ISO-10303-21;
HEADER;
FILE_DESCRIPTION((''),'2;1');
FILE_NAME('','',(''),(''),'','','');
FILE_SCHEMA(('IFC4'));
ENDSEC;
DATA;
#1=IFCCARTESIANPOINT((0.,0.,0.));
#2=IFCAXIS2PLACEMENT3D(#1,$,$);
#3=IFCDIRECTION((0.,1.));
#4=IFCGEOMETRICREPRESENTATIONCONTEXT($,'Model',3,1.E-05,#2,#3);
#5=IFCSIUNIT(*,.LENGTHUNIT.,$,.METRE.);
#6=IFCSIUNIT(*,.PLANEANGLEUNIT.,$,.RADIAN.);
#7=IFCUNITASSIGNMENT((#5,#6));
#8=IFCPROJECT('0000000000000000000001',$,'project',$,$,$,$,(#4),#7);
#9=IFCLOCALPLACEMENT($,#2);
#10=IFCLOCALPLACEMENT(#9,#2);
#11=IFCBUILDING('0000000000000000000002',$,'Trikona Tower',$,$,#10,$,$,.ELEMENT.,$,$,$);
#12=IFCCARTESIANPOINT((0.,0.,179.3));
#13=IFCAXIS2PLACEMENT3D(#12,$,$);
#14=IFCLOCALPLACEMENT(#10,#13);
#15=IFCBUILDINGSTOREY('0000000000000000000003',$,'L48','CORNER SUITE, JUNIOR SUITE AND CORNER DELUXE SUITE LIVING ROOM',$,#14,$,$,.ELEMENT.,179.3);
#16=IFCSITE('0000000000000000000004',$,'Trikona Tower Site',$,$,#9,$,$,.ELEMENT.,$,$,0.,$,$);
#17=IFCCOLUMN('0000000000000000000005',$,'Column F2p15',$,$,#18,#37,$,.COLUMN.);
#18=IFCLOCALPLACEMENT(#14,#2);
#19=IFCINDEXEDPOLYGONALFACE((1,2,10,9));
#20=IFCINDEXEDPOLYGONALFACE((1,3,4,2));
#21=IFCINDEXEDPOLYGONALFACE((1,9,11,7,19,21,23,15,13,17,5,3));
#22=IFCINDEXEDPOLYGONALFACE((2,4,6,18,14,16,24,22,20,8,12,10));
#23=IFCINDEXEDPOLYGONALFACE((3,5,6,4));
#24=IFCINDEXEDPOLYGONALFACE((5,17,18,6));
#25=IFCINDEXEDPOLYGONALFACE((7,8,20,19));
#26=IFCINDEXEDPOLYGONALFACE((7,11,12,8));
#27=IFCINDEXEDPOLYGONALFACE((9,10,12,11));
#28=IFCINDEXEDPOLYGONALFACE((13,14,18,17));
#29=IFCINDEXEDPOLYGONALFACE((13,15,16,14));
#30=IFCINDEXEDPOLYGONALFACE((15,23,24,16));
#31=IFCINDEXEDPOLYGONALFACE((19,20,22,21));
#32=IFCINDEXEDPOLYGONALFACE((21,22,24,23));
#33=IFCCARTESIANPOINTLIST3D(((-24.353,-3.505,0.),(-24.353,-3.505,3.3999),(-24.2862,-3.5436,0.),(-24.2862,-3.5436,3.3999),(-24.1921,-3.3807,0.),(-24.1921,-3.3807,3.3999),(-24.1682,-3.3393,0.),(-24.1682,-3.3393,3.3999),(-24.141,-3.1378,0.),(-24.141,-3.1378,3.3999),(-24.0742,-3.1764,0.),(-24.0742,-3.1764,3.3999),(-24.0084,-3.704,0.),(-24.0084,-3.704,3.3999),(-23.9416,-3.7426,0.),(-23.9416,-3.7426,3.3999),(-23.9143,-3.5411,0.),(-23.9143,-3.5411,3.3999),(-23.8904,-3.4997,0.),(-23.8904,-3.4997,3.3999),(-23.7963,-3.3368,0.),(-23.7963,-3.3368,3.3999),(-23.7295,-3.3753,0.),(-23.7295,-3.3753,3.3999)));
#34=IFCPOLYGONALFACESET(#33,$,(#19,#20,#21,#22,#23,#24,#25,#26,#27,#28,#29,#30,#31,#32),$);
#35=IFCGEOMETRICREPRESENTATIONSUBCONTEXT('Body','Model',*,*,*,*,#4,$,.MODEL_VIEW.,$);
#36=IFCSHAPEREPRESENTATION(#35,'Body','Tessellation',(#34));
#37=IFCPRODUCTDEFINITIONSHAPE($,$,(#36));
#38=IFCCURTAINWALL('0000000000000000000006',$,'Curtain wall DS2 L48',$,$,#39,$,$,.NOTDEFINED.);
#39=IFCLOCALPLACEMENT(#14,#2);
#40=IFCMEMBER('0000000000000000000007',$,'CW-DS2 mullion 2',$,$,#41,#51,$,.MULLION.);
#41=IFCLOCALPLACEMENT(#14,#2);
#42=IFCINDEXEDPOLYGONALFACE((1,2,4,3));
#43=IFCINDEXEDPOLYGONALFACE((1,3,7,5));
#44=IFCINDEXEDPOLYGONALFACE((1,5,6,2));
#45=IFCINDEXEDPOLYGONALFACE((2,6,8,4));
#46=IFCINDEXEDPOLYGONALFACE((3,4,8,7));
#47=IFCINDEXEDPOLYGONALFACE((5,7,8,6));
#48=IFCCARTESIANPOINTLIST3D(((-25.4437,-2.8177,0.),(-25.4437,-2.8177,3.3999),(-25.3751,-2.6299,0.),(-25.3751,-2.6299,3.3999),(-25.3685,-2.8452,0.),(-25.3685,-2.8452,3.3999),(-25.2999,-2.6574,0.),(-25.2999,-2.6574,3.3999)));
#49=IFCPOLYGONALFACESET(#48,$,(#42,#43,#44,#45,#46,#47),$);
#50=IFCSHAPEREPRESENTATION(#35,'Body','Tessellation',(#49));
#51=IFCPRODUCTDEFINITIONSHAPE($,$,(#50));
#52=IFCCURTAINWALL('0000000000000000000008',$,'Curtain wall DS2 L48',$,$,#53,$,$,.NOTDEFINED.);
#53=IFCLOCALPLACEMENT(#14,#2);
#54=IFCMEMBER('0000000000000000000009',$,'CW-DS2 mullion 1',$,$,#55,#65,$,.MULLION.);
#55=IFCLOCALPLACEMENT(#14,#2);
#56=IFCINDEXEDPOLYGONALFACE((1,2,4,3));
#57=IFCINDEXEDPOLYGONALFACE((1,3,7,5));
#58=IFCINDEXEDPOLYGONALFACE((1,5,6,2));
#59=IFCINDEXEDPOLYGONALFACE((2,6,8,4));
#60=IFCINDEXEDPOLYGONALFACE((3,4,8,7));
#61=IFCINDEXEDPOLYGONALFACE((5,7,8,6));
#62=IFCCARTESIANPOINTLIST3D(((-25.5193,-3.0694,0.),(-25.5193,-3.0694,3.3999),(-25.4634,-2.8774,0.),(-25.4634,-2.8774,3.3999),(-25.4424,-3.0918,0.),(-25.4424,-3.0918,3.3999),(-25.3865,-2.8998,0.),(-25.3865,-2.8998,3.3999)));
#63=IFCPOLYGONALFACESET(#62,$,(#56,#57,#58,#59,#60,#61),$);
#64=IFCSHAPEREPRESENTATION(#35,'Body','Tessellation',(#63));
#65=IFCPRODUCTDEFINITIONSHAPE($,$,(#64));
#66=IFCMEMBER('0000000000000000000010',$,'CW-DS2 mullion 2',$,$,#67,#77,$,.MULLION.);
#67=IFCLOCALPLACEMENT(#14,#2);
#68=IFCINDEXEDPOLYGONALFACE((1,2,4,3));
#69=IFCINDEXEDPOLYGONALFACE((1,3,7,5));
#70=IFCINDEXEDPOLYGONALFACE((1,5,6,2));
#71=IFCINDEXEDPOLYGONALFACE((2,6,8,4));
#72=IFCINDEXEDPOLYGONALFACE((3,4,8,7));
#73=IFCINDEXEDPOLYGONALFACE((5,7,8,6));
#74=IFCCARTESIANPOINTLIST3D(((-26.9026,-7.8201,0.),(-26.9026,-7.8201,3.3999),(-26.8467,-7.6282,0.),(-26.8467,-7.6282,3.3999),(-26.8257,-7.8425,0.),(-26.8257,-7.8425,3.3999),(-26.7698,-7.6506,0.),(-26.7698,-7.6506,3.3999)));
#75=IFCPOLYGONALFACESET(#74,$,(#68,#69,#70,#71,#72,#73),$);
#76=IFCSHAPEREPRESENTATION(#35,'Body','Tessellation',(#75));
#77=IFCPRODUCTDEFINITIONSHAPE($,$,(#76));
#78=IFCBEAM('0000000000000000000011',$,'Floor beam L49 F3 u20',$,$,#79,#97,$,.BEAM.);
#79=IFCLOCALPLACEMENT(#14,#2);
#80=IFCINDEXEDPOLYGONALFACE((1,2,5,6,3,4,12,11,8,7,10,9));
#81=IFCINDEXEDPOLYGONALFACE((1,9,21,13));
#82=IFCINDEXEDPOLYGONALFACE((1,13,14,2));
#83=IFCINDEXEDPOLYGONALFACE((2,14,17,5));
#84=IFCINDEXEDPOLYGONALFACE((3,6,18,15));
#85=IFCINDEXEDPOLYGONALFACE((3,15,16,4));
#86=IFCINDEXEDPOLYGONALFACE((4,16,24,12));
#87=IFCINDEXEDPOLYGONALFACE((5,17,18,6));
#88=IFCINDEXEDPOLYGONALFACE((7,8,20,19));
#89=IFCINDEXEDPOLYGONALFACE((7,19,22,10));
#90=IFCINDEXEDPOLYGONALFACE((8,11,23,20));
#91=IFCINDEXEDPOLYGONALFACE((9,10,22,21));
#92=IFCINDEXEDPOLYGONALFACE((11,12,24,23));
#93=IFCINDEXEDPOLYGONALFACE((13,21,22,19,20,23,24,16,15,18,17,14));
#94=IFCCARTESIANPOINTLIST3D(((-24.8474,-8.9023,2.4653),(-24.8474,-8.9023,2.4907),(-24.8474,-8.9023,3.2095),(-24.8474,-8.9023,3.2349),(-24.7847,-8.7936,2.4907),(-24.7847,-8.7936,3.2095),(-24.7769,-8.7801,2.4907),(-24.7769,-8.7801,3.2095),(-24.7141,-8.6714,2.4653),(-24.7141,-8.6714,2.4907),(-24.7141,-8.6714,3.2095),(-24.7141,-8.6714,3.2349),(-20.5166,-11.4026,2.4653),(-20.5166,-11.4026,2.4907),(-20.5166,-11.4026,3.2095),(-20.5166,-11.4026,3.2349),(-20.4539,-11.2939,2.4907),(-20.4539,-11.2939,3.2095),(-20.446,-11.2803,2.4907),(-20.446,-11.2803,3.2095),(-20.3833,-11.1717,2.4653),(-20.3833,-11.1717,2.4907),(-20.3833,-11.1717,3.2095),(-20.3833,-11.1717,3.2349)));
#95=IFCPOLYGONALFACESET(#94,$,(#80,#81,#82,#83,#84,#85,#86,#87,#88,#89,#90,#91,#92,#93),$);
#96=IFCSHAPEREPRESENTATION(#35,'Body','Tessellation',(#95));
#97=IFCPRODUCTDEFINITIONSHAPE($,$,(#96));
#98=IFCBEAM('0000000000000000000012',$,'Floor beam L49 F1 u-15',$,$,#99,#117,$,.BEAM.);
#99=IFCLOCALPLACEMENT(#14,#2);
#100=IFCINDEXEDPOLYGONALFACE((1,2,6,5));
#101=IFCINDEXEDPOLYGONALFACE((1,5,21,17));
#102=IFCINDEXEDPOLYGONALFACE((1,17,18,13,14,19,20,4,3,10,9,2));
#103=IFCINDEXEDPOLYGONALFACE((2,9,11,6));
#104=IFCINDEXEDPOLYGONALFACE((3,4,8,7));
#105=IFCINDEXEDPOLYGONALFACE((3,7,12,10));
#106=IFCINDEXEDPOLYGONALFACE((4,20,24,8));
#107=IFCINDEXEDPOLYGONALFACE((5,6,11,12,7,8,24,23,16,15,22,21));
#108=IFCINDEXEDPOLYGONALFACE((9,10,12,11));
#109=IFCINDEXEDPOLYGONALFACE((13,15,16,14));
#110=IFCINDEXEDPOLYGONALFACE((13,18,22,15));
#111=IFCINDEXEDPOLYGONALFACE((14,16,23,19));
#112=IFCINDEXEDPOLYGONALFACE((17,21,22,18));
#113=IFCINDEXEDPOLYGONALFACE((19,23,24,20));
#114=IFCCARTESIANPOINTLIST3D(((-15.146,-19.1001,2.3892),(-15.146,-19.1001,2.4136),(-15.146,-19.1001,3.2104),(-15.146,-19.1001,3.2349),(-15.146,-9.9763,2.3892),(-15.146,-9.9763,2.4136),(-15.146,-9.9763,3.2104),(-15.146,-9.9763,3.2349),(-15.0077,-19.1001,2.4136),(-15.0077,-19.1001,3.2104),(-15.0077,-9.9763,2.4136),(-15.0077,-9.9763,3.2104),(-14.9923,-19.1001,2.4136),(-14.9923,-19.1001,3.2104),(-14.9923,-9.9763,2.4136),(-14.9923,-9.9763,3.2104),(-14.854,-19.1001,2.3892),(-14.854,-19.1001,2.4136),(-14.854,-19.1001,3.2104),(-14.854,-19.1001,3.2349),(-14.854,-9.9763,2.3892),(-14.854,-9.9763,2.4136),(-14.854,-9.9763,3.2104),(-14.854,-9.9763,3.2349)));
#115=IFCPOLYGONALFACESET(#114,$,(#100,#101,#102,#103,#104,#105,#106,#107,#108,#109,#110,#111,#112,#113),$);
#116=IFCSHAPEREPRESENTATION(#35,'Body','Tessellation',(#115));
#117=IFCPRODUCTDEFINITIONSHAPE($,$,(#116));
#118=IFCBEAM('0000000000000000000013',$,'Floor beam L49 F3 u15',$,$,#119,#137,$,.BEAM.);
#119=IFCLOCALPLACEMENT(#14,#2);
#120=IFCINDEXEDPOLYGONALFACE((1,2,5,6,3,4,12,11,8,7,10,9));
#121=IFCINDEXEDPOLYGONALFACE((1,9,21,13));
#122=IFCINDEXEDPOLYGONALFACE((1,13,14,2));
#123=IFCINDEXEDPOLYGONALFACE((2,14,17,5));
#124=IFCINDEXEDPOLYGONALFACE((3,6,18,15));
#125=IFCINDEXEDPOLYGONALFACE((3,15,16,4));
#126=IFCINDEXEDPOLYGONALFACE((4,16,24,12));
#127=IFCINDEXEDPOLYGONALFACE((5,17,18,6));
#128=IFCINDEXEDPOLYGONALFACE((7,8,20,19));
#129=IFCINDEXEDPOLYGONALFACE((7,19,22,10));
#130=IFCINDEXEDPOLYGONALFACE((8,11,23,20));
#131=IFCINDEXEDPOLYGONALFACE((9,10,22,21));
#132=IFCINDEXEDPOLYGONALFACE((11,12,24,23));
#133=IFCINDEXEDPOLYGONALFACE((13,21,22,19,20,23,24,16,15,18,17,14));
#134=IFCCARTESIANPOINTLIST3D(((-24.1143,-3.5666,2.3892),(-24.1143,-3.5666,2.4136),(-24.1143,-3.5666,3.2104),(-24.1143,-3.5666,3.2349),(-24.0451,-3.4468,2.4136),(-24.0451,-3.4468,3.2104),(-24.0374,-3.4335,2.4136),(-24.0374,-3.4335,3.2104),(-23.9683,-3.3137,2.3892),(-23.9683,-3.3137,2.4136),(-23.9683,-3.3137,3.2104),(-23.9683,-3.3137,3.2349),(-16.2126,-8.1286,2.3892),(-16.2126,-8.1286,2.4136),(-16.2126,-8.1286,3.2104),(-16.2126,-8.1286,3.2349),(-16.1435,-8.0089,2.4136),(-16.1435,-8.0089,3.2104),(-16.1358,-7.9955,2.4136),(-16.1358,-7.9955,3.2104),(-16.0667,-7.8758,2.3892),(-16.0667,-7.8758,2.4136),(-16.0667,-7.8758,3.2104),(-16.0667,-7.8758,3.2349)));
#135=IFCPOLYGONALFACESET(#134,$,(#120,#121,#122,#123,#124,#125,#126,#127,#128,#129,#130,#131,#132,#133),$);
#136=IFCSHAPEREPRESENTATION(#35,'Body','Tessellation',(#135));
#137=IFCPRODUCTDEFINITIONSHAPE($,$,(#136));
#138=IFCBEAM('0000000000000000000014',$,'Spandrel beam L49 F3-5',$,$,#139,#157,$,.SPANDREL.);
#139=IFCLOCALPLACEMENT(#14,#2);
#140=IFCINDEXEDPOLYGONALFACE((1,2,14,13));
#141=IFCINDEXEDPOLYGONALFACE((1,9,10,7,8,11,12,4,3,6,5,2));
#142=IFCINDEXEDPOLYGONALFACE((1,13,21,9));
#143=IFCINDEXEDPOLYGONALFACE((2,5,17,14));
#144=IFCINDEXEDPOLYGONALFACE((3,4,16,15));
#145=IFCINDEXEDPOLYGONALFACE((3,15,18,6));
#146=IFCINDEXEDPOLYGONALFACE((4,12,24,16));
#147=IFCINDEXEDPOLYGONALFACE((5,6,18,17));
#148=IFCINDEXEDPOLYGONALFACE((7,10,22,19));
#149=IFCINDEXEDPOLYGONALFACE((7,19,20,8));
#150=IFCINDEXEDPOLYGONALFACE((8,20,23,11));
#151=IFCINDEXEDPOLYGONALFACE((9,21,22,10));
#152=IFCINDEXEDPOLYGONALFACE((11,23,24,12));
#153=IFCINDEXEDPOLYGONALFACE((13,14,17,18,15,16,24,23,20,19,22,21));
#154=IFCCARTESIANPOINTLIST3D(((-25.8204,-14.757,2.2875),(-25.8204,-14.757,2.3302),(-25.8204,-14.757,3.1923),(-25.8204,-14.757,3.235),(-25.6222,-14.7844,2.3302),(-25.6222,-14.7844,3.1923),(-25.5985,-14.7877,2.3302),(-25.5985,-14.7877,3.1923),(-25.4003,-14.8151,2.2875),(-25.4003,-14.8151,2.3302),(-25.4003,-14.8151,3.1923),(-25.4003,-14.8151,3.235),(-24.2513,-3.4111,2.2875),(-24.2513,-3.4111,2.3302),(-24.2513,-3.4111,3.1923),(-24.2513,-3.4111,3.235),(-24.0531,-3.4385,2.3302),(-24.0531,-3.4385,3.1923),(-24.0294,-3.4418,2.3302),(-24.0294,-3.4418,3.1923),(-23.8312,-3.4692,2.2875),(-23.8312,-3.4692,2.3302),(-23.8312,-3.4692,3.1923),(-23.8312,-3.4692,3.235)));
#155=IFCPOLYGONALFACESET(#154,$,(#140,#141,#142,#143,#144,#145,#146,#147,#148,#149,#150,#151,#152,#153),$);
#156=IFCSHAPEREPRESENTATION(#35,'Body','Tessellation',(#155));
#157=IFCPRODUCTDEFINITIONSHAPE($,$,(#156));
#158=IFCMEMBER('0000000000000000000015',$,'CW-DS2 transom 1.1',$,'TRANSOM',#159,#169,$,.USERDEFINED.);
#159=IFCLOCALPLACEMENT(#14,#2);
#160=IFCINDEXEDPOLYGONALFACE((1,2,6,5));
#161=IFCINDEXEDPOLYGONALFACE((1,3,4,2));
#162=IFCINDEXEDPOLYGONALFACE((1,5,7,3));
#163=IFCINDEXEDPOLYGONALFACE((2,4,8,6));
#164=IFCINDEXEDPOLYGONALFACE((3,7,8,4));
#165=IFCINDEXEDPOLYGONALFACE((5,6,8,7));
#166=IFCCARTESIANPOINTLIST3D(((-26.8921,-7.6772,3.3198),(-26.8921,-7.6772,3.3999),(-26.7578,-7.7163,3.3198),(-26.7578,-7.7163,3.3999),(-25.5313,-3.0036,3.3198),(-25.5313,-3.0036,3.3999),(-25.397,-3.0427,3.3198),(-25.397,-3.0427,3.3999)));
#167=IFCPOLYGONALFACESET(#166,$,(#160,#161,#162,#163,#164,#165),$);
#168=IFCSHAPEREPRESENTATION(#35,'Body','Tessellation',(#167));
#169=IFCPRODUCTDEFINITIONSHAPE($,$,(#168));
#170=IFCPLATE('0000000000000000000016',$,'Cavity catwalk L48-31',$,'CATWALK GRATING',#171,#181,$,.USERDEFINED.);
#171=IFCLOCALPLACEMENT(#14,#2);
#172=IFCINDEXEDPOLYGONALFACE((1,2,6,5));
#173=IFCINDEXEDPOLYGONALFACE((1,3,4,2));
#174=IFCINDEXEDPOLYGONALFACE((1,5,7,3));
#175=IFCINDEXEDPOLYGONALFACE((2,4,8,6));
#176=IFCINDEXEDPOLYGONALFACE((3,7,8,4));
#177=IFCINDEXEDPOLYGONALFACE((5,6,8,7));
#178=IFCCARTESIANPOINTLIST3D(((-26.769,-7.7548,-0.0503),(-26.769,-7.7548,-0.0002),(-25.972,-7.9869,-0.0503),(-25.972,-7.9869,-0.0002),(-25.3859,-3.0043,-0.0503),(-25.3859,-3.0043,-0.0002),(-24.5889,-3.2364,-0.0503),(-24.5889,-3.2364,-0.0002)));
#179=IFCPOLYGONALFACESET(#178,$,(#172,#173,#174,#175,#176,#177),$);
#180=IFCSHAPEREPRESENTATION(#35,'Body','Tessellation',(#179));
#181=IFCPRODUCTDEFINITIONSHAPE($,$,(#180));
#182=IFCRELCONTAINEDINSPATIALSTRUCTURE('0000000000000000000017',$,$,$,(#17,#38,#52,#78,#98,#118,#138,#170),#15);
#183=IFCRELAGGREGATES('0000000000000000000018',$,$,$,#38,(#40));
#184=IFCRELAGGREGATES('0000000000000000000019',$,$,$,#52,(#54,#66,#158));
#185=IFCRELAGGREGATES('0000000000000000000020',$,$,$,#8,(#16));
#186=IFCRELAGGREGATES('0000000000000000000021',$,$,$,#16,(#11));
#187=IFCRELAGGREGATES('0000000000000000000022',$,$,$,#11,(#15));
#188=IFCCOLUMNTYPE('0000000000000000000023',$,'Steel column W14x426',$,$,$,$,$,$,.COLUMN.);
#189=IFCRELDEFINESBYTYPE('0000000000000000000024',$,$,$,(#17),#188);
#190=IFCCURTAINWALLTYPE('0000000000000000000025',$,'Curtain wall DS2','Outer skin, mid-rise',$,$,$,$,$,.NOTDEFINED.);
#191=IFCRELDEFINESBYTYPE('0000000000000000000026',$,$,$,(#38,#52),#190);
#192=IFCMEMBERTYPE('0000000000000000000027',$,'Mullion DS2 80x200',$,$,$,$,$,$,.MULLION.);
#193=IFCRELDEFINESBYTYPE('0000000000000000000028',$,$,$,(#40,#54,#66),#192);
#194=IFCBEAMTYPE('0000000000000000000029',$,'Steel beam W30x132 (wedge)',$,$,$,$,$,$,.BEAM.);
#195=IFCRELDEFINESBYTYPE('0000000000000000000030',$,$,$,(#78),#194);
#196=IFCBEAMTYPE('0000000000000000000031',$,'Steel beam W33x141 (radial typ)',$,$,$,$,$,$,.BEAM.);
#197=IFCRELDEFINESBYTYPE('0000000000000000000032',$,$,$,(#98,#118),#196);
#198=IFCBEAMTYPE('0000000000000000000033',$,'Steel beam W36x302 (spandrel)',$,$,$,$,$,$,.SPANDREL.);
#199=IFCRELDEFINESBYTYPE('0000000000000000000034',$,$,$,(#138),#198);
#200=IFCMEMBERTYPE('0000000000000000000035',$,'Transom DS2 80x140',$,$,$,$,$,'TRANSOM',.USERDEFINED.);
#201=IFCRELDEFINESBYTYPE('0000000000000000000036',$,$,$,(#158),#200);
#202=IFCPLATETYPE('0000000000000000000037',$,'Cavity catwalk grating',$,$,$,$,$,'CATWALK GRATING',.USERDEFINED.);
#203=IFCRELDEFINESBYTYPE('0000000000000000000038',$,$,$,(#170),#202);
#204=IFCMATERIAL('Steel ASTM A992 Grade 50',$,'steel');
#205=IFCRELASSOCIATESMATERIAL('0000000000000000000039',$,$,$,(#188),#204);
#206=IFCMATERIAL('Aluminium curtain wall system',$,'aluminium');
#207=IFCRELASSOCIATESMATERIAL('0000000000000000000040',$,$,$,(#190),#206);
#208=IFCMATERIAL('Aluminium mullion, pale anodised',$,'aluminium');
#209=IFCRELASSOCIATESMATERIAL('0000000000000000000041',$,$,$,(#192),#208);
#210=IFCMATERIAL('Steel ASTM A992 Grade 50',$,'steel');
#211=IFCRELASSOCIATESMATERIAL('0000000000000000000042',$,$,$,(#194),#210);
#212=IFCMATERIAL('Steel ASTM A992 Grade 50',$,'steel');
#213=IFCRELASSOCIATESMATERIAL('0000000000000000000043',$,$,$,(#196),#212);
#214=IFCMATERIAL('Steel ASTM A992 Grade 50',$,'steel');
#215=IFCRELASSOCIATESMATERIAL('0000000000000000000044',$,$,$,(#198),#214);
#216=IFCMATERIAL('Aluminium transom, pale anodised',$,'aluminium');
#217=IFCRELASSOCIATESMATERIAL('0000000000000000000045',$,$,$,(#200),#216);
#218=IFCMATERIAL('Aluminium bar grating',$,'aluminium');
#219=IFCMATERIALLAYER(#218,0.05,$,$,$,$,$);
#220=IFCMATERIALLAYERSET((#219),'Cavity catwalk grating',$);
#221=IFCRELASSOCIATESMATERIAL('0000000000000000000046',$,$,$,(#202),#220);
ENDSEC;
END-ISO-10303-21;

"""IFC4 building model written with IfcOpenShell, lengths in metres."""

from ifc_helpers import new_model, si_unit, direction, frame, origin, origin_2d, place, context, subcontext, project, spatial, rectangle, i_section, extrude, material, layer, layer_set, material_profile, profile_set, type_object, element, aggregate, save


model = new_model("IFC4")

# Units and contexts
model_context = context("Model", 3, precision=1e-05, world=origin(), true_north=direction((0.0, 1.0)))
body_context = subcontext(model_context, "Body", "Model", "MODEL_VIEW")
ifc_project = project(units=[si_unit("LENGTHUNIT", "METRE"), si_unit("PLANEANGLEUNIT", "RADIAN")], contexts=[model_context])

# Site, building, storey
site_placement = place(None, origin())
site = spatial("IfcSite", under=ifc_project, at=site_placement, Name="Trikona Tower Site", CompositionType="ELEMENT", RefElevation=0.0)
building_placement = place(site_placement, origin())
building = spatial("IfcBuilding", under=site, at=building_placement, Name="Trikona Tower", CompositionType="ELEMENT")
storey_placement = place(building_placement, frame((0.0, 0.0, 179.3)))
storey = spatial("IfcBuildingStorey", under=building, at=storey_placement, Name="L48", Description="CORNER SUITE, JUNIOR SUITE AND CORNER DELUXE SUITE LIVING ROOM", CompositionType="ELEMENT", Elevation=179.3)

# Column
ifc_material_1 = material(Name="Steel ASTM A992 Grade 50", Category="steel")
ifc_material_profile_1 = material_profile(ifc_material_1, i_section(OverallWidth=0.4241, OverallDepth=0.4751, WebThickness=0.0479, FlangeThickness=0.0771, at=origin_2d()), Name="W14X426")
ifc_profile_set_1 = profile_set([ifc_material_profile_1], Name="Steel ASTM A992 Grade 50")
column_type = type_object("IfcColumnType", Name="Steel column W14x426", PredefinedType="COLUMN", material=ifc_profile_set_1)
column_placement = place(storey_placement, frame((-24.0413, -3.4402, 0.0), z_axis=(0.0, 0.0, 1.0), x_axis=(-0.5, -0.866025, 0.0)))
element("IfcColumn", 1, at=column_placement, inside=storey, type_object=column_type, Name="Column F2p15", PredefinedType="COLUMN", context=body_context, shape_type="SweptSolid", body=[
    extrude(i_section(OverallWidth=0.4241, OverallDepth=0.4751, WebThickness=0.0479, FlangeThickness=0.0771, at=origin_2d()), origin(), (0.0, 0.0, 1.0), 3.3999),
])

# Curtain wall, member
ifc_material_2 = material(Name="Aluminium curtain wall system", Category="aluminium")
curtain_wall_type = type_object("IfcCurtainWallType", Name="Curtain wall DS2", Description="Outer skin, mid-rise", PredefinedType="NOTDEFINED", material=ifc_material_2)
curtain_wall_1_placement = place(storey_placement, origin())
curtain_wall_1 = element("IfcCurtainWall", 2, at=curtain_wall_1_placement, inside=storey, type_object=curtain_wall_type, Name="Curtain wall DS2 L48", PredefinedType="NOTDEFINED")
ifc_material_3 = material(Name="Aluminium mullion, pale anodised", Category="aluminium")
ifc_material_profile_2 = material_profile(ifc_material_3, rectangle(XDim=0.0801, YDim=0.2, at=origin_2d()), Name="MUL-DS2")
ifc_profile_set_2 = profile_set([ifc_material_profile_2], Name="Aluminium mullion, pale anodised")
member_type_1 = type_object("IfcMemberType", Name="Mullion DS2 80x200", PredefinedType="MULLION", material=ifc_profile_set_2)
member_1_placement = place(storey_placement, frame((-25.3718, -2.7375, 0.0), z_axis=(0.0, 0.0, 1.0), x_axis=(0.939254, -0.343223, 0.0)))
member_1 = element("IfcMember", 3, at=member_1_placement, type_object=member_type_1, Name="CW-DS2 mullion 2", PredefinedType="MULLION", context=body_context, shape_type="SweptSolid", body=[
    extrude(rectangle(XDim=0.0801, YDim=0.2, at=origin_2d()), origin(), (0.0, 0.0, 1.0), 3.3999),
])
aggregate(curtain_wall_1, [member_1])

# Curtain wall, members
curtain_wall_2_placement = place(storey_placement, origin())
curtain_wall_2 = element("IfcCurtainWall", 4, at=curtain_wall_2_placement, inside=storey, type_object=curtain_wall_type, Name="Curtain wall DS2 L48", PredefinedType="NOTDEFINED")
member_2_placement = place(storey_placement, frame((-25.4529, -2.9846, 0.0), z_axis=(0.0, 0.0, 1.0), x_axis=(0.960133, -0.279543, 0.0)))
member_2 = element("IfcMember", 5, at=member_2_placement, type_object=member_type_1, Name="CW-DS2 mullion 1", PredefinedType="MULLION", context=body_context, shape_type="SweptSolid", body=[
    extrude(rectangle(XDim=0.0801, YDim=0.2, at=origin_2d()), origin(), (0.0, 0.0, 1.0), 3.3999),
])
member_3_placement = place(storey_placement, frame((-26.8362, -7.7354, 0.0), z_axis=(0.0, 0.0, 1.0), x_axis=(0.960133, -0.279543, 0.0)))
member_3 = element("IfcMember", 6, at=member_3_placement, type_object=member_type_1, Name="CW-DS2 mullion 2", PredefinedType="MULLION", context=body_context, shape_type="SweptSolid", body=[
    extrude(rectangle(XDim=0.0801, YDim=0.2, at=origin_2d()), origin(), (0.0, 0.0, 1.0), 3.3999),
])

# Beams
ifc_material_4 = material(Name="Steel ASTM A992 Grade 50", Category="steel")
ifc_material_profile_3 = material_profile(ifc_material_4, i_section(OverallWidth=0.2666, OverallDepth=0.7695, WebThickness=0.0156, FlangeThickness=0.0254, at=origin_2d()), Name="W30X132")
ifc_profile_set_3 = profile_set([ifc_material_profile_3], Name="Steel ASTM A992 Grade 50")
beam_type_1 = type_object("IfcBeamType", Name="Steel beam W30x132 (wedge)", PredefinedType="BEAM", material=ifc_profile_set_3)
beam_1_placement = place(storey_placement, frame((-20.45, -11.2871, 2.8501), z_axis=(-0.866038, 0.499977, 0.0), x_axis=(-0.499977, -0.866038, 0.0)))
element("IfcBeam", 7, at=beam_1_placement, inside=storey, type_object=beam_type_1, Name="Floor beam L49 F3 u20", PredefinedType="BEAM", context=body_context, shape_type="SweptSolid", body=[
    extrude(i_section(OverallWidth=0.2666, OverallDepth=0.7695, WebThickness=0.0156, FlangeThickness=0.0254, at=origin_2d()), origin(), (0.0, 0.0, 1.0), 5.0007),
])
ifc_material_5 = material(Name="Steel ASTM A992 Grade 50", Category="steel")
ifc_material_profile_4 = material_profile(ifc_material_5, i_section(OverallWidth=0.292, OverallDepth=0.8457, WebThickness=0.0154, FlangeThickness=0.0244, at=origin_2d()), Name="W33X141")
ifc_profile_set_4 = profile_set([ifc_material_profile_4], Name="Steel ASTM A992 Grade 50")
beam_type_2 = type_object("IfcBeamType", Name="Steel beam W33x141 (radial typ)", PredefinedType="BEAM", material=ifc_profile_set_4)
beam_2_placement = place(storey_placement, frame((-15.0, -9.9763, 2.812), z_axis=(0.0, -1.0, 0.0), x_axis=(1.0, 0.0, 0.0)))
element("IfcBeam", 8, at=beam_2_placement, inside=storey, type_object=beam_type_2, Name="Floor beam L49 F1 u-15", PredefinedType="BEAM", context=body_context, shape_type="SweptSolid", body=[
    extrude(i_section(OverallWidth=0.292, OverallDepth=0.8457, WebThickness=0.0154, FlangeThickness=0.0244, at=origin_2d()), origin(), (0.0, 0.0, 1.0), 9.1238),
])
beam_3_placement = place(storey_placement, frame((-16.1396, -8.0022, 2.812), z_axis=(-0.866025, 0.500001, 0.0), x_axis=(-0.500001, -0.866025, 0.0)))
element("IfcBeam", 9, at=beam_3_placement, inside=storey, type_object=beam_type_2, Name="Floor beam L49 F3 u15", PredefinedType="BEAM", context=body_context, shape_type="SweptSolid", body=[
    extrude(i_section(OverallWidth=0.292, OverallDepth=0.8457, WebThickness=0.0154, FlangeThickness=0.0244, at=origin_2d()), origin(), (0.0, 0.0, 1.0), 9.124),
])
ifc_material_6 = material(Name="Steel ASTM A992 Grade 50", Category="steel")
ifc_material_profile_5 = material_profile(ifc_material_6, i_section(OverallWidth=0.4241, OverallDepth=0.9475, WebThickness=0.0239, FlangeThickness=0.0427, at=origin_2d()), Name="W36X302")
ifc_profile_set_5 = profile_set([ifc_material_profile_5], Name="Steel ASTM A992 Grade 50")
beam_type_3 = type_object("IfcBeamType", Name="Steel beam W36x302 (spandrel)", PredefinedType="SPANDREL", material=ifc_profile_set_5)
beam_4_placement = place(storey_placement, frame((-24.0413, -3.4402, 2.7612), z_axis=(-0.136992, -0.990572, 0.0), x_axis=(0.990572, -0.136992, 0.0)))
element("IfcBeam", 10, at=beam_4_placement, inside=storey, type_object=beam_type_3, Name="Spandrel beam L49 F3-5", PredefinedType="SPANDREL", context=body_context, shape_type="SweptSolid", body=[
    extrude(i_section(OverallWidth=0.4241, OverallDepth=0.9475, WebThickness=0.0239, FlangeThickness=0.0427, at=origin_2d()), origin(), (0.0, 0.0, 1.0), 11.4539),
])

# Member
ifc_material_7 = material(Name="Aluminium transom, pale anodised", Category="aluminium")
ifc_material_profile_6 = material_profile(ifc_material_7, rectangle(XDim=0.1399, YDim=0.0801, at=origin_2d()), Name="TRN-DS2")
ifc_profile_set_6 = profile_set([ifc_material_profile_6], Name="Aluminium transom, pale anodised")
member_type_2 = type_object("IfcMemberType", Name="Transom DS2 80x140", ElementType="TRANSOM", PredefinedType="USERDEFINED", material=ifc_profile_set_6)
member_4_placement = place(storey_placement, frame((-25.4641, -3.0232, 3.3599), z_axis=(-0.279567, -0.960126, 0.0), x_axis=(0.960126, -0.279567, 0.0)))
member_4 = element("IfcMember", 11, at=member_4_placement, type_object=member_type_2, Name="CW-DS2 transom 1.1", ObjectType="TRANSOM", PredefinedType="USERDEFINED", context=body_context, shape_type="SweptSolid", body=[
    extrude(rectangle(XDim=0.1399, YDim=0.0801, at=origin_2d()), origin(), (0.0, 0.0, 1.0), 4.8677),
])

# Plate
ifc_material_8 = material(Name="Aluminium bar grating", Category="aluminium")
ifc_layer_1 = layer(ifc_material_8, 0.05)
ifc_layer_set_1 = layer_set([ifc_layer_1], Name="Cavity catwalk grating")
plate_type_1 = type_object("IfcPlateType", Name="Cavity catwalk grating", ElementType="CATWALK GRATING", PredefinedType="USERDEFINED", material=ifc_layer_set_1)
plate_1_placement = place(storey_placement, frame((-25.679, -5.4956, -0.0503), z_axis=(0.0, 0.0, 1.0), x_axis=(-0.279554, -0.96013, 0.0)))
element("IfcPlate", 12, at=plate_1_placement, inside=storey, type_object=plate_type_1, Name="Cavity catwalk L48-31", ObjectType="CATWALK GRATING", PredefinedType="USERDEFINED", context=body_context, shape_type="SweptSolid", body=[
    extrude(rectangle(XDim=4.9478, YDim=0.8301, at=origin_2d()), origin(), (0.0, 0.0, 1.0), 0.05),
])
aggregate(curtain_wall_2, [member_2, member_3, member_4])

save(model, "model.ifc")
